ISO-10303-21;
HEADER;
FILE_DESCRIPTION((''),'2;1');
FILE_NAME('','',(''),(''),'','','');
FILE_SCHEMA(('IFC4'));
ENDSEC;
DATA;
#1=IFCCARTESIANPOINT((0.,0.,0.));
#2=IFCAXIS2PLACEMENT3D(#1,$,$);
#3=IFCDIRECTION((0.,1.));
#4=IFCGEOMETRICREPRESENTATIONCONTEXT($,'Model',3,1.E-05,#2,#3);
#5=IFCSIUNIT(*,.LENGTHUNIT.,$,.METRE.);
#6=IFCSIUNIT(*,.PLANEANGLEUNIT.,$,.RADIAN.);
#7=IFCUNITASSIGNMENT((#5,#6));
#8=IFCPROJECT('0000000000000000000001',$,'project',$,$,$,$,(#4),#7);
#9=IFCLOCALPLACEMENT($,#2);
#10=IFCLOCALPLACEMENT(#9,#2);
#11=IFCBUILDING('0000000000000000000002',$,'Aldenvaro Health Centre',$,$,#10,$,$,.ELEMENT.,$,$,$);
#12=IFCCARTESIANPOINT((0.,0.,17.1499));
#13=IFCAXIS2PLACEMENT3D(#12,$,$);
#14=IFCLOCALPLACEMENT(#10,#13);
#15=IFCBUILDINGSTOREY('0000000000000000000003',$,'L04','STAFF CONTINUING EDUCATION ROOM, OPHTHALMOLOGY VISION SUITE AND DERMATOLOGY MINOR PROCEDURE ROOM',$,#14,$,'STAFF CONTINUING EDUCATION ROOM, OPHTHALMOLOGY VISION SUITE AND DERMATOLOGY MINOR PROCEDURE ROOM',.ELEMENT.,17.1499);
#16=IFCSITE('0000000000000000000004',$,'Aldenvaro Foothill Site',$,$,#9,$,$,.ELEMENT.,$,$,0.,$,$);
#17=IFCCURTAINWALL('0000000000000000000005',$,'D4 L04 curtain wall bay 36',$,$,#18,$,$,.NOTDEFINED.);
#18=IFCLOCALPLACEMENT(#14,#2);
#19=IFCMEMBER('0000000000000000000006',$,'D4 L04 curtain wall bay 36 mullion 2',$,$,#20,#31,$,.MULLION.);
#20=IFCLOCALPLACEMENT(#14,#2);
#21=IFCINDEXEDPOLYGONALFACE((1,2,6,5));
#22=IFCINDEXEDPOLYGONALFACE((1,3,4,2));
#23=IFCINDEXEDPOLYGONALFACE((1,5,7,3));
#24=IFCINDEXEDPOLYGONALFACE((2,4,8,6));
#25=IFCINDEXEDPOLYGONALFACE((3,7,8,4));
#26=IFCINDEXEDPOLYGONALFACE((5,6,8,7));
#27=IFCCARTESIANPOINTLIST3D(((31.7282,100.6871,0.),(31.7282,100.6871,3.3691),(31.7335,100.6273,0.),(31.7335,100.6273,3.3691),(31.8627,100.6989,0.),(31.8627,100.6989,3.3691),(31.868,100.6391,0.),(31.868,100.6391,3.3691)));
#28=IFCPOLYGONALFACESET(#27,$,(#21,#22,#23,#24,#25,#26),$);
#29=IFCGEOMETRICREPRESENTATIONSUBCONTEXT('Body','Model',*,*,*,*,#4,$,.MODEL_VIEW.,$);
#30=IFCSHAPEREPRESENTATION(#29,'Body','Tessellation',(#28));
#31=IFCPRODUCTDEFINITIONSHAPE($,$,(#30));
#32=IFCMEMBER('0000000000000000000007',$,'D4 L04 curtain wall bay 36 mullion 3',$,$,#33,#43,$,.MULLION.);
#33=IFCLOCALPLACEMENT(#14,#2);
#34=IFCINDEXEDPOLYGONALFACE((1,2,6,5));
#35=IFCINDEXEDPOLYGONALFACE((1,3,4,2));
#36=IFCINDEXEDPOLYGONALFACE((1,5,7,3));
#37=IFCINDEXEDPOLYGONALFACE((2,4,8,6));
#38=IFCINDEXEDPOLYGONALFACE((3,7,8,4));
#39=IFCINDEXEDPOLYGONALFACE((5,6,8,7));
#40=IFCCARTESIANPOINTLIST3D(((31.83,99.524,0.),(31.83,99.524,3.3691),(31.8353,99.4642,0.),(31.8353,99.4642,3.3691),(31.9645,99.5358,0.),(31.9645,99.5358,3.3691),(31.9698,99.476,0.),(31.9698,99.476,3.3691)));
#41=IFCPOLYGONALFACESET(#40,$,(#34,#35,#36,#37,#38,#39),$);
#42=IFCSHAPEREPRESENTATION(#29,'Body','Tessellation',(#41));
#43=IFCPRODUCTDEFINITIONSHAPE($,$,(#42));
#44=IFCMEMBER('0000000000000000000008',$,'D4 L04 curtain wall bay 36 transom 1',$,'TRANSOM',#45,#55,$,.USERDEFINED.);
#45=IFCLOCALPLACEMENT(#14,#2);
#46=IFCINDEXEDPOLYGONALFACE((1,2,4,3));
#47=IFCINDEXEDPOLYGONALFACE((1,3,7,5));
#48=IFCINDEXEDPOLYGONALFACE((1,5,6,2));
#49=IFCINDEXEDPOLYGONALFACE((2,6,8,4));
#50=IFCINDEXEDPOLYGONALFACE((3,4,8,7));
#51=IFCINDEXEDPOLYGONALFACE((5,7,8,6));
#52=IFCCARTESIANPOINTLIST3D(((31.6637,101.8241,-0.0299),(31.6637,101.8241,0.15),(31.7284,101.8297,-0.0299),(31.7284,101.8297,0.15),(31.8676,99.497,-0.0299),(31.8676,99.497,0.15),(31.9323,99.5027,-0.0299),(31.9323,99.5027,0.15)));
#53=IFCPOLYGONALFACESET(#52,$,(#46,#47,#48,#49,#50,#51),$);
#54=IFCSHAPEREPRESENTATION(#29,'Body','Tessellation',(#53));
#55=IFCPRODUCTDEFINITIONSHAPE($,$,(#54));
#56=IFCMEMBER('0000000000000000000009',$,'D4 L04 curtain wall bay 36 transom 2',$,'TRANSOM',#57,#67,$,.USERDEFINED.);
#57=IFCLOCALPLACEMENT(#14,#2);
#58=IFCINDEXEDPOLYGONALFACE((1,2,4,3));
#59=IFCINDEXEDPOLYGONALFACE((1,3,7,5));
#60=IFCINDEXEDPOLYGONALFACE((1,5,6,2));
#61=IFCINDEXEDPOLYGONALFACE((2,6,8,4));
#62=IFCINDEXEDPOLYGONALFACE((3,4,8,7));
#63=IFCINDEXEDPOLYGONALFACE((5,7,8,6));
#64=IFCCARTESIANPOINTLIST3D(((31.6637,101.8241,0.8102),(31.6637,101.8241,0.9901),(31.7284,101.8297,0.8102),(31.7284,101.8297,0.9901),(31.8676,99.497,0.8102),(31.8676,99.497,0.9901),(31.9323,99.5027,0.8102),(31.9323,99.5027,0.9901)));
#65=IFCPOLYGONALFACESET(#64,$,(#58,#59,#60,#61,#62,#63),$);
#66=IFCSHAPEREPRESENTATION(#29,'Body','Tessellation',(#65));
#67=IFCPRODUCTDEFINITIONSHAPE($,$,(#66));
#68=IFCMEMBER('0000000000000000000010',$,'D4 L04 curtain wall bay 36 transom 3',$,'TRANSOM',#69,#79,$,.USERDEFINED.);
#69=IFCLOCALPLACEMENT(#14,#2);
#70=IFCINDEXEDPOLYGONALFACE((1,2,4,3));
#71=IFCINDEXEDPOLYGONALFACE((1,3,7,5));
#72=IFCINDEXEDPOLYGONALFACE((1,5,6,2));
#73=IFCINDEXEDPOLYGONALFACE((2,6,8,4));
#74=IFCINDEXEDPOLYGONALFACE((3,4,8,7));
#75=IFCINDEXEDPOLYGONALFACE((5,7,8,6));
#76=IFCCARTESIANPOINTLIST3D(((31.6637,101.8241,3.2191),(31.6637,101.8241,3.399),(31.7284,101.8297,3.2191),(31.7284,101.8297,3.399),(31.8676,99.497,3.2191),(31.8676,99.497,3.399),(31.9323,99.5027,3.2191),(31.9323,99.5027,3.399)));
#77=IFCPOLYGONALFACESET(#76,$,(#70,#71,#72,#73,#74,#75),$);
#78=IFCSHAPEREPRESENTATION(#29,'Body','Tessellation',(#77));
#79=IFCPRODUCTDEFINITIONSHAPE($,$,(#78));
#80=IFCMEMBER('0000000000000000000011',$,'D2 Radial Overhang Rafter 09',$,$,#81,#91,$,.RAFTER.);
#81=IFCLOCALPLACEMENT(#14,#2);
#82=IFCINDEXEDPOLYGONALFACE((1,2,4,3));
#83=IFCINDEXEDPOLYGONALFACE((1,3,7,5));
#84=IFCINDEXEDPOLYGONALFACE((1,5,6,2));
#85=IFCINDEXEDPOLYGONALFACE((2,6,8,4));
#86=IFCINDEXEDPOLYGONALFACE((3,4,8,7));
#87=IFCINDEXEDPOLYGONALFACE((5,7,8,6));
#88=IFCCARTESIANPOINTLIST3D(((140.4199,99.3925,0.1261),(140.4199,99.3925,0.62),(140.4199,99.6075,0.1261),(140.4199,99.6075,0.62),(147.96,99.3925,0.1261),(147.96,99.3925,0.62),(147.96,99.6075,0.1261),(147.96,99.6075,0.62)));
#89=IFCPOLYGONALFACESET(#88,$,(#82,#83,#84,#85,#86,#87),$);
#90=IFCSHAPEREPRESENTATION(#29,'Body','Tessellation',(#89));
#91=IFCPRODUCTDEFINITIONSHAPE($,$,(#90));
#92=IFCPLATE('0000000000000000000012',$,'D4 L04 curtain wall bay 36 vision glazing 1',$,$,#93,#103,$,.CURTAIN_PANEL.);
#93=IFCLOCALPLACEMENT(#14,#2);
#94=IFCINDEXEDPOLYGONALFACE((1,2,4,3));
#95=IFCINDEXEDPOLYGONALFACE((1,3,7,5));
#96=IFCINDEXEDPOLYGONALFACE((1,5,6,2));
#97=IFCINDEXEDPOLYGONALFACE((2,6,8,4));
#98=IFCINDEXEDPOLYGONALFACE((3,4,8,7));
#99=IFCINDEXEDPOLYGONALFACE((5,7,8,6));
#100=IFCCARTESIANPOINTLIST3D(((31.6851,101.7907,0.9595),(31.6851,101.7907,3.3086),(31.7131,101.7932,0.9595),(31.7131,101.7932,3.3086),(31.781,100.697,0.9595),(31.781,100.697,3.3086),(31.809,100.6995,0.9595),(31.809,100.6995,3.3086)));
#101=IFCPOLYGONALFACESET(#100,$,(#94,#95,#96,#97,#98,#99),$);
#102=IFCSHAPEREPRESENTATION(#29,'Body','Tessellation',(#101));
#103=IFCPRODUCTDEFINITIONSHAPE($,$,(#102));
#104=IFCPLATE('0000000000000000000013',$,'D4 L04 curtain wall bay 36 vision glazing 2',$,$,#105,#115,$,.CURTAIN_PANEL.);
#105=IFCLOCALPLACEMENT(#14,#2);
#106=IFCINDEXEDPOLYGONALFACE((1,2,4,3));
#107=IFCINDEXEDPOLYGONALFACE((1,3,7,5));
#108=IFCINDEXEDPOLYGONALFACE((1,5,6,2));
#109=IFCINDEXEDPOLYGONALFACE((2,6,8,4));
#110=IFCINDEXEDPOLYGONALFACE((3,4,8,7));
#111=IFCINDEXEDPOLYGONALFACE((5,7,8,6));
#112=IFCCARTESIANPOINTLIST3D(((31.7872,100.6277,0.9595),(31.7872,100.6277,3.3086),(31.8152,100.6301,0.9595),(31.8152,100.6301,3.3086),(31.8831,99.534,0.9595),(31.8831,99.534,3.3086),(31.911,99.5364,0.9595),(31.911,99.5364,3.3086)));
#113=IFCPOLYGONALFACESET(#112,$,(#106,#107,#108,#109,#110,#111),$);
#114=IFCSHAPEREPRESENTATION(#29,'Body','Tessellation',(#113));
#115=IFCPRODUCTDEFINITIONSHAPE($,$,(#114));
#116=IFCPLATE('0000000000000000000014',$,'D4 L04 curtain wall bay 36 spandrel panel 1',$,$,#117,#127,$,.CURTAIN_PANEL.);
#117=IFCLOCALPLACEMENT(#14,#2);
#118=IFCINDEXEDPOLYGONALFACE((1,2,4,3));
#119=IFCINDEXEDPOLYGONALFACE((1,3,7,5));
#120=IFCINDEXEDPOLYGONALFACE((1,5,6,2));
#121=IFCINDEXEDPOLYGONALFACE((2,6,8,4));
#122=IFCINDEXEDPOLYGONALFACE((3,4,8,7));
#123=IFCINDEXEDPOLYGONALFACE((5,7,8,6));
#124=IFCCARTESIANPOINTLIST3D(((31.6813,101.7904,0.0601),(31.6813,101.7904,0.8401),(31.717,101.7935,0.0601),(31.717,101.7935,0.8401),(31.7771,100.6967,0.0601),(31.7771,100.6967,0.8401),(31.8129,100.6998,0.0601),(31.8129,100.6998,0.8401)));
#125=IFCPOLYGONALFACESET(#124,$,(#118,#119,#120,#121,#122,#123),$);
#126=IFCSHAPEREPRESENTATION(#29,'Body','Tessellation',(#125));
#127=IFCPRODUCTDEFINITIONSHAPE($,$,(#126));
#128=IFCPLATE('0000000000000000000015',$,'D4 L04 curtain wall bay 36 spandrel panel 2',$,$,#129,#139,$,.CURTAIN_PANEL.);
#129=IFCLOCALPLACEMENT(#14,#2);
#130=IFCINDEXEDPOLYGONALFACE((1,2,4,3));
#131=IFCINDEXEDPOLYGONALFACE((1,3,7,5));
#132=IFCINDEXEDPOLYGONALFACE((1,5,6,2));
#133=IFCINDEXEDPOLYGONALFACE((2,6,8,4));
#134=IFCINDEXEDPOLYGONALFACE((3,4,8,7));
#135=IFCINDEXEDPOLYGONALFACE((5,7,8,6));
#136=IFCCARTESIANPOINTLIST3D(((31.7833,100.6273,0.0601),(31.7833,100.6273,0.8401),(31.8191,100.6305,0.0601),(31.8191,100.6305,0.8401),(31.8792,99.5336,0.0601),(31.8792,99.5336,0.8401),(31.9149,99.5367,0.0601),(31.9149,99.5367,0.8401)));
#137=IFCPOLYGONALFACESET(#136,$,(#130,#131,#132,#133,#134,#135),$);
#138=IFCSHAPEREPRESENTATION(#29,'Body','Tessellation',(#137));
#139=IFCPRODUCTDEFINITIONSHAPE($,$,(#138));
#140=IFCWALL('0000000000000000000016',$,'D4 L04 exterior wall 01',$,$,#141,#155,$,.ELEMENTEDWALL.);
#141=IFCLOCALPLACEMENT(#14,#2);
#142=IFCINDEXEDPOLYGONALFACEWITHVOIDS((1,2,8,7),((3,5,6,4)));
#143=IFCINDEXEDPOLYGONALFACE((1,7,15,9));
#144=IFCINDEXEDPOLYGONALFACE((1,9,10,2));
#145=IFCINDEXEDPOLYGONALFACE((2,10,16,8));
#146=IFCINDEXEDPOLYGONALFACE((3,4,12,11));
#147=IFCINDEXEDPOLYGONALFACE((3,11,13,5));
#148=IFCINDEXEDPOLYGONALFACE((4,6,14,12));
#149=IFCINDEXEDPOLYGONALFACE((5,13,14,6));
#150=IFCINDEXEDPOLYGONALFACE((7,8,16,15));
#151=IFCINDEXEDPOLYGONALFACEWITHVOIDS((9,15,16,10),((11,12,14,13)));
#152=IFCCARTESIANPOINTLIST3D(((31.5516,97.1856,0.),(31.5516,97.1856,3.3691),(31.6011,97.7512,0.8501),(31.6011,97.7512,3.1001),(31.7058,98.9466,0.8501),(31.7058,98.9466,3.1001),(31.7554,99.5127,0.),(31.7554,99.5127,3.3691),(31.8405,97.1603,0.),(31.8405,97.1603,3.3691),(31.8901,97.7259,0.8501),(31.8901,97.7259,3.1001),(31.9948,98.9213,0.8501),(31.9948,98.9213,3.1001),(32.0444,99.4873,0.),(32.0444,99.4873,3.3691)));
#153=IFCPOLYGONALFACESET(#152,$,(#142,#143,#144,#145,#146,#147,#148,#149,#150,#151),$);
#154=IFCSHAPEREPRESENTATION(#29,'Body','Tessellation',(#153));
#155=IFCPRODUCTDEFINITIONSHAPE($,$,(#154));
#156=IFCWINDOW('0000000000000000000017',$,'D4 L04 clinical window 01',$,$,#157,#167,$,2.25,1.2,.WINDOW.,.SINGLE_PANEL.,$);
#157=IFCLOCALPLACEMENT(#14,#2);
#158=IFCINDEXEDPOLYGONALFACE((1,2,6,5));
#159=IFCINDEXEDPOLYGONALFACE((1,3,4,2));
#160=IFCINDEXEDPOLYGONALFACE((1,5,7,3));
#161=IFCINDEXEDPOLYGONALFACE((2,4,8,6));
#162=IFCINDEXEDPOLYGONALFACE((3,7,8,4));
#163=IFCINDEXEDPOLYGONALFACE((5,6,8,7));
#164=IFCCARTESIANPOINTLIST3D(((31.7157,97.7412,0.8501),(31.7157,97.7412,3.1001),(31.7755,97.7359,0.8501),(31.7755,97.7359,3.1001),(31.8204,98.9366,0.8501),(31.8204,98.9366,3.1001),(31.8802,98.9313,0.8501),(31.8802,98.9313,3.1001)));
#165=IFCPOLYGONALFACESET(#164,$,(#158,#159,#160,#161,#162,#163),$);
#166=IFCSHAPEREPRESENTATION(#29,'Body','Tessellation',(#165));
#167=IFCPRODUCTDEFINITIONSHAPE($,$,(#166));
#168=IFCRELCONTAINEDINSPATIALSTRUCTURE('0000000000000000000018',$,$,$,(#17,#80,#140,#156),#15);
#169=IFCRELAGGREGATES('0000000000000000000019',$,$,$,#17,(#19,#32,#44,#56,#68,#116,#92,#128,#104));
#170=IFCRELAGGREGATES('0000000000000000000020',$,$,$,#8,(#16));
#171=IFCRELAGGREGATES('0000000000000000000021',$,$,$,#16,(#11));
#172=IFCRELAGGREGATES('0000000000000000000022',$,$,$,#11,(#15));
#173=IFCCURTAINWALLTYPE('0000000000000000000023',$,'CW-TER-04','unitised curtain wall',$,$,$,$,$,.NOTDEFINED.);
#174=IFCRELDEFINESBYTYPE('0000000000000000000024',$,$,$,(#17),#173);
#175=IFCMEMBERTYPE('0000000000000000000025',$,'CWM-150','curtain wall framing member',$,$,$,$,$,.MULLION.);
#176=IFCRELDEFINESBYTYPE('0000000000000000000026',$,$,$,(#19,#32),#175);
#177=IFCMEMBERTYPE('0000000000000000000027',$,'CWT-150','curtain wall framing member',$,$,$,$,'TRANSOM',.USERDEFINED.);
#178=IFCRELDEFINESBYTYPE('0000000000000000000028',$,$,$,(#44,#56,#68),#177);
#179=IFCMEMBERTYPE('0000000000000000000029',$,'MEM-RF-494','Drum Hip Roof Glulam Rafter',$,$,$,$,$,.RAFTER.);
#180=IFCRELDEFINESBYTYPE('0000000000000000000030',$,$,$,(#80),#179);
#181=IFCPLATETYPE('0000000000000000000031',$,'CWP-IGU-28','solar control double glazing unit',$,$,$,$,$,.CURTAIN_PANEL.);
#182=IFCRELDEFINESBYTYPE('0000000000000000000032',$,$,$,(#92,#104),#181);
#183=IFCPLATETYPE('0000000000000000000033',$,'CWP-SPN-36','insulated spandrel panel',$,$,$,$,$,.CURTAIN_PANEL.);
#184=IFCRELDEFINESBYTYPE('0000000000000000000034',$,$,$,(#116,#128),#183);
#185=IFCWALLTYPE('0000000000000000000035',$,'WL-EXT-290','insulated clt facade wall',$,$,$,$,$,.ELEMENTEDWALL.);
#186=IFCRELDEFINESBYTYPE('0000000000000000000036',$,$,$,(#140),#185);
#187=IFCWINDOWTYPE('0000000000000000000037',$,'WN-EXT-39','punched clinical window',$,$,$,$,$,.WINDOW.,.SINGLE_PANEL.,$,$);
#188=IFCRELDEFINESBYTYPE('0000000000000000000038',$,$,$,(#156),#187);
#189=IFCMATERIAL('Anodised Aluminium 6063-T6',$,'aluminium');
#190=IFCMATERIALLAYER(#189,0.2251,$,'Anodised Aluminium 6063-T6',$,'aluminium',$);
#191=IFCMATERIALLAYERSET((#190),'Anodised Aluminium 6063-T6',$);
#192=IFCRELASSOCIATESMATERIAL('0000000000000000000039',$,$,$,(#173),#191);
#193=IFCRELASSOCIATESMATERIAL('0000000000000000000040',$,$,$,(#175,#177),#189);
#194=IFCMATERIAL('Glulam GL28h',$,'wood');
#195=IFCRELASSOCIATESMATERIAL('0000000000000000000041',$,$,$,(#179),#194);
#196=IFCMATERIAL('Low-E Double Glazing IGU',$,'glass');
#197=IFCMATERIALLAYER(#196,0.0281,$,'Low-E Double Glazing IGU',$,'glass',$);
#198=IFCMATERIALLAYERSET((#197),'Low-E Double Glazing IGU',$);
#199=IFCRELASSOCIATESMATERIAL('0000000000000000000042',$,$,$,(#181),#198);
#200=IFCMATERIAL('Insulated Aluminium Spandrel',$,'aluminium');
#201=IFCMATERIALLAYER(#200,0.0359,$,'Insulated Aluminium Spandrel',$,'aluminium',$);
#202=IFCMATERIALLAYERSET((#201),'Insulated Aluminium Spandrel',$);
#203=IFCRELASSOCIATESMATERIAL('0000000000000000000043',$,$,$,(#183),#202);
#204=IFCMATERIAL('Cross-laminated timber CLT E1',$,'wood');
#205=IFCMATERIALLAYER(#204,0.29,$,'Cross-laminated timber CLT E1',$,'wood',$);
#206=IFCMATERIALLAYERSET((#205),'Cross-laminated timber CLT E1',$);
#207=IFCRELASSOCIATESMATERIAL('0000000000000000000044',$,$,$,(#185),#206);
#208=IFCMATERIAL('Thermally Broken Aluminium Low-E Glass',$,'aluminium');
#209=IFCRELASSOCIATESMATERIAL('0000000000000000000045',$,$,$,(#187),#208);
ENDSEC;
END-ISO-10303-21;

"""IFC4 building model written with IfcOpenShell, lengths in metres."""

from ifc_helpers import new_model, si_unit, direction, frame, frame_2d, origin, origin_2d, place, context, subcontext, project, spatial, rectangle, extrude, material, layer, layer_set, material_profile, profile_set, type_object, element, fill, aggregate, save


model = new_model("IFC4")

# Units and contexts
model_context = context("Model", 3, precision=1e-05, world=origin(), true_north=direction((0.0, 1.0)))
body_context = subcontext(model_context, "Body", "Model", "MODEL_VIEW")
ifc_project = project(units=[si_unit("LENGTHUNIT", "METRE"), si_unit("PLANEANGLEUNIT", "RADIAN")], contexts=[model_context])

# Site, building, storey
site_placement = place(None, origin())
site = spatial("IfcSite", under=ifc_project, at=site_placement, Name="Aldenvaro Foothill Site", CompositionType="ELEMENT", RefElevation=0.0)
building_placement = place(site_placement, origin())
building = spatial("IfcBuilding", under=site, at=building_placement, Name="Aldenvaro Health Centre", CompositionType="ELEMENT")
storey_placement = place(building_placement, frame((0.0, 0.0, 17.1499)))
storey = spatial("IfcBuildingStorey", under=building, at=storey_placement, Name="L04", Description="STAFF CONTINUING EDUCATION ROOM, OPHTHALMOLOGY VISION SUITE AND DERMATOLOGY MINOR PROCEDURE ROOM", LongName="STAFF CONTINUING EDUCATION ROOM, OPHTHALMOLOGY VISION SUITE AND DERMATOLOGY MINOR PROCEDURE ROOM", CompositionType="ELEMENT", Elevation=17.1499)

# Curtain wall, members
ifc_material_1 = material(Name="Anodised Aluminium 6063-T6", Category="aluminium")
ifc_layer_1 = layer(ifc_material_1, 0.2251, Name="Anodised Aluminium 6063-T6", Category="aluminium")
ifc_layer_set_1 = layer_set([ifc_layer_1], Name="Anodised Aluminium 6063-T6")
curtain_wall_type = type_object("IfcCurtainWallType", Name="CW-TER-04", Description="unitised curtain wall", PredefinedType="NOTDEFINED", material=ifc_layer_set_1)
curtain_wall_placement = place(storey_placement, origin())
curtain_wall = element("IfcCurtainWall", 1, at=curtain_wall_placement, inside=storey, type_object=curtain_wall_type, Name="D4 L04 curtain wall bay 36", PredefinedType="NOTDEFINED")
ifc_material_profile_1 = material_profile(ifc_material_1, rectangle(XDim=0.0601, YDim=0.135, at=origin_2d()), Name="ALU 60x135", Category="aluminium")
ifc_profile_set_1 = profile_set([ifc_material_profile_1], Name="Anodised Aluminium 6063-T6")
member_type_1 = type_object("IfcMemberType", Name="CWM-150", Description="curtain wall framing member", PredefinedType="MULLION", material=ifc_profile_set_1)
member_1_placement = place(storey_placement, frame((31.7981, 100.6631, 0.0), z_axis=(0.0, 0.0, 1.0), x_axis=(0.087332, -0.996179, 0.0)))
member_1 = element("IfcMember", 2, at=member_1_placement, type_object=member_type_1, Name="D4 L04 curtain wall bay 36 mullion 2", PredefinedType="MULLION", context=body_context, shape_type="SweptSolid", body=[
    extrude(rectangle(XDim=0.0601, YDim=0.135, at=origin_2d()), origin(), (0.0, 0.0, 1.0), 3.3691),
])
member_2_placement = place(storey_placement, frame((31.8999, 99.5, 0.0), z_axis=(0.0, 0.0, 1.0), x_axis=(0.087332, -0.996179, 0.0)))
member_2 = element("IfcMember", 3, at=member_2_placement, type_object=member_type_1, Name="D4 L04 curtain wall bay 36 mullion 3", PredefinedType="MULLION", context=body_context, shape_type="SweptSolid", body=[
    extrude(rectangle(XDim=0.0601, YDim=0.135, at=origin_2d()), origin(), (0.0, 0.0, 1.0), 3.3691),
])
ifc_material_profile_2 = material_profile(ifc_material_1, rectangle(XDim=0.0649, YDim=0.1799, at=origin_2d()), Name="ALU 65x180", Category="aluminium")
ifc_profile_set_2 = profile_set([ifc_material_profile_2], Name="Anodised Aluminium 6063-T6")
member_type_2 = type_object("IfcMemberType", Name="CWT-150", Description="curtain wall framing member", ElementType="TRANSOM", PredefinedType="USERDEFINED", material=ifc_profile_set_2)
member_3_placement = place(storey_placement, frame((31.696, 101.8269, 0.0601), z_axis=(0.087275, -0.996184, 0.0), x_axis=(0.996184, 0.087275, 0.0)))
member_3 = element("IfcMember", 4, at=member_3_placement, type_object=member_type_2, Name="D4 L04 curtain wall bay 36 transom 1", ObjectType="TRANSOM", PredefinedType="USERDEFINED", context=body_context, shape_type="SweptSolid", body=[
    extrude(rectangle(XDim=0.0649, YDim=0.1799, at=origin_2d()), origin(), (0.0, 0.0, 1.0), 2.3359),
])
member_4_placement = place(storey_placement, frame((31.696, 101.8269, 0.9001), z_axis=(0.087275, -0.996184, 0.0), x_axis=(0.996184, 0.087275, 0.0)))
member_4 = element("IfcMember", 5, at=member_4_placement, type_object=member_type_2, Name="D4 L04 curtain wall bay 36 transom 2", ObjectType="TRANSOM", PredefinedType="USERDEFINED", context=body_context, shape_type="SweptSolid", body=[
    extrude(rectangle(XDim=0.0649, YDim=0.1799, at=origin_2d()), origin(), (0.0, 0.0, 1.0), 2.3359),
])
member_5_placement = place(storey_placement, frame((31.696, 101.8269, 3.3091), z_axis=(0.087275, -0.996184, 0.0), x_axis=(0.996184, 0.087275, 0.0)))
member_5 = element("IfcMember", 6, at=member_5_placement, type_object=member_type_2, Name="D4 L04 curtain wall bay 36 transom 3", ObjectType="TRANSOM", PredefinedType="USERDEFINED", context=body_context, shape_type="SweptSolid", body=[
    extrude(rectangle(XDim=0.0649, YDim=0.1799, at=origin_2d()), origin(), (0.0, 0.0, 1.0), 2.3359),
])

# Member
ifc_material_2 = material(Name="Glulam GL28h", Category="wood")
ifc_material_profile_3 = material_profile(ifc_material_2, rectangle(XDim=0.2151, YDim=0.4939, at=origin_2d()), Name="GL 215x494", Category="wood")
ifc_profile_set_3 = profile_set([ifc_material_profile_3], Name="Glulam GL28h")
member_type_3 = type_object("IfcMemberType", Name="MEM-RF-494", Description="Drum Hip Roof Glulam Rafter", PredefinedType="RAFTER", material=ifc_profile_set_3)
member_6_placement = place(storey_placement, frame((140.4199, 99.5, 0.373), z_axis=(1.0, 0.0, 0.0), x_axis=(0.0, 1.0, 0.0)))
element("IfcMember", 7, at=member_6_placement, inside=storey, type_object=member_type_3, Name="D2 Radial Overhang Rafter 09", PredefinedType="RAFTER", context=body_context, shape_type="SweptSolid", body=[
    extrude(rectangle(XDim=0.2151, YDim=0.4939, at=origin_2d()), origin(), (0.0, 0.0, 1.0), 7.54),
])

# Plates
ifc_material_3 = material(Name="Low-E Double Glazing IGU", Category="glass")
ifc_layer_2 = layer(ifc_material_3, 0.0281, Name="Low-E Double Glazing IGU", Category="glass")
ifc_layer_set_2 = layer_set([ifc_layer_2], Name="Low-E Double Glazing IGU")
plate_type_1 = type_object("IfcPlateType", Name="CWP-IGU-28", Description="solar control double glazing unit", PredefinedType="CURTAIN_PANEL", material=ifc_layer_set_2)
plate_1_placement = place(storey_placement, frame((31.7471, 101.2451, 0.9595), z_axis=(0.0, 0.0, 1.0), x_axis=(0.087332, -0.996179, 0.0)))
plate_1 = element("IfcPlate", 8, at=plate_1_placement, type_object=plate_type_1, Name="D4 L04 curtain wall bay 36 vision glazing 1", PredefinedType="CURTAIN_PANEL", context=body_context, shape_type="SweptSolid", body=[
    extrude(rectangle(XDim=1.0979, YDim=0.0281, at=origin_2d()), origin(), (0.0, 0.0, 1.0), 2.3491),
])
plate_2_placement = place(storey_placement, frame((31.8491, 100.082, 0.9595), z_axis=(0.0, 0.0, 1.0), x_axis=(0.087332, -0.996179, 0.0)))
plate_2 = element("IfcPlate", 9, at=plate_2_placement, type_object=plate_type_1, Name="D4 L04 curtain wall bay 36 vision glazing 2", PredefinedType="CURTAIN_PANEL", context=body_context, shape_type="SweptSolid", body=[
    extrude(rectangle(XDim=1.0979, YDim=0.0281, at=origin_2d()), origin(), (0.0, 0.0, 1.0), 2.3491),
])
ifc_material_4 = material(Name="Insulated Aluminium Spandrel", Category="aluminium")
ifc_layer_3 = layer(ifc_material_4, 0.0359, Name="Insulated Aluminium Spandrel", Category="aluminium")
ifc_layer_set_3 = layer_set([ifc_layer_3], Name="Insulated Aluminium Spandrel")
plate_type_2 = type_object("IfcPlateType", Name="CWP-SPN-36", Description="insulated spandrel panel", PredefinedType="CURTAIN_PANEL", material=ifc_layer_set_3)
plate_3_placement = place(storey_placement, frame((31.7471, 101.2451, 0.0601), z_axis=(0.0, 0.0, 1.0), x_axis=(0.087332, -0.996179, 0.0)))
plate_3 = element("IfcPlate", 10, at=plate_3_placement, type_object=plate_type_2, Name="D4 L04 curtain wall bay 36 spandrel panel 1", PredefinedType="CURTAIN_PANEL", context=body_context, shape_type="SweptSolid", body=[
    extrude(rectangle(XDim=1.0979, YDim=0.0359, at=origin_2d()), origin(), (0.0, 0.0, 1.0), 0.78),
])
plate_4_placement = place(storey_placement, frame((31.8491, 100.082, 0.0601), z_axis=(0.0, 0.0, 1.0), x_axis=(0.087332, -0.996179, 0.0)))
plate_4 = element("IfcPlate", 11, at=plate_4_placement, type_object=plate_type_2, Name="D4 L04 curtain wall bay 36 spandrel panel 2", PredefinedType="CURTAIN_PANEL", context=body_context, shape_type="SweptSolid", body=[
    extrude(rectangle(XDim=1.0979, YDim=0.0359, at=origin_2d()), origin(), (0.0, 0.0, 1.0), 0.78),
])
aggregate(curtain_wall, [member_1, member_2, member_3, member_4, member_5, plate_3, plate_1, plate_4, plate_2])

# Wall, opening, window
ifc_material_5 = material(Name="Cross-laminated timber CLT E1", Category="wood")
ifc_layer_4 = layer(ifc_material_5, 0.29, Name="Cross-laminated timber CLT E1", Category="wood")
ifc_layer_set_4 = layer_set([ifc_layer_4], Name="Cross-laminated timber CLT E1")
wall_type = type_object("IfcWallType", Name="WL-EXT-290", Description="insulated clt facade wall", PredefinedType="ELEMENTEDWALL", material=ifc_layer_set_4)
wall_placement = place(storey_placement, frame((31.8999, 99.5, 0.0), z_axis=(0.0, 0.0, 1.0), x_axis=(-0.087275, -0.996184, 0.0)))
wall = element("IfcWall", 12, at=wall_placement, inside=storey, type_object=wall_type, Name="D4 L04 exterior wall 01", PredefinedType="ELEMENTEDWALL", context=body_context, shape_type="SweptSolid", body=[
    extrude(rectangle(XDim=2.3359, YDim=0.29, at=frame_2d((1.168, 0.0))), origin(), (0.0, 0.0, 1.0), 3.3691),
])
opening_placement = place(wall_placement, frame((0.5681, 0.0, 0.8501)))
opening = element("IfcOpeningElement", 13, at=opening_placement, cuts=wall, PredefinedType="OPENING", context=body_context, shape_type="SweptSolid", body=[
    extrude(rectangle(XDim=1.2, YDim=2.25, at=frame_2d((0.6001, 1.125))), frame((0.0, 0.155, 0.0), z_axis=(0.0, -1.0, 0.0), x_axis=(1.0, 0.0, 0.0)), (0.0, 0.0, 1.0), 0.3101),
])
ifc_material_6 = material(Name="Thermally Broken Aluminium Low-E Glass", Category="aluminium")
window_type = type_object("IfcWindowType", Name="WN-EXT-39", Description="punched clinical window", PartitioningType="SINGLE_PANEL", PredefinedType="WINDOW", material=ifc_material_6)
window_placement = place(opening_placement, origin())
window = element("IfcWindow", 14, at=window_placement, inside=storey, type_object=window_type, Name="D4 L04 clinical window 01", OverallHeight=2.25, OverallWidth=1.2, PartitioningType="SINGLE_PANEL", PredefinedType="WINDOW", context=body_context, shape_type="SweptSolid", body=[
    extrude(rectangle(XDim=1.2, YDim=2.25, at=frame_2d((0.6001, 1.125))), frame((0.0, 0.03, 0.0), z_axis=(0.0, -1.0, 0.0), x_axis=(1.0, 0.0, 0.0)), (0.0, 0.0, 1.0), 0.0601),
])
fill(opening, window)

save(model, "model.ifc")
